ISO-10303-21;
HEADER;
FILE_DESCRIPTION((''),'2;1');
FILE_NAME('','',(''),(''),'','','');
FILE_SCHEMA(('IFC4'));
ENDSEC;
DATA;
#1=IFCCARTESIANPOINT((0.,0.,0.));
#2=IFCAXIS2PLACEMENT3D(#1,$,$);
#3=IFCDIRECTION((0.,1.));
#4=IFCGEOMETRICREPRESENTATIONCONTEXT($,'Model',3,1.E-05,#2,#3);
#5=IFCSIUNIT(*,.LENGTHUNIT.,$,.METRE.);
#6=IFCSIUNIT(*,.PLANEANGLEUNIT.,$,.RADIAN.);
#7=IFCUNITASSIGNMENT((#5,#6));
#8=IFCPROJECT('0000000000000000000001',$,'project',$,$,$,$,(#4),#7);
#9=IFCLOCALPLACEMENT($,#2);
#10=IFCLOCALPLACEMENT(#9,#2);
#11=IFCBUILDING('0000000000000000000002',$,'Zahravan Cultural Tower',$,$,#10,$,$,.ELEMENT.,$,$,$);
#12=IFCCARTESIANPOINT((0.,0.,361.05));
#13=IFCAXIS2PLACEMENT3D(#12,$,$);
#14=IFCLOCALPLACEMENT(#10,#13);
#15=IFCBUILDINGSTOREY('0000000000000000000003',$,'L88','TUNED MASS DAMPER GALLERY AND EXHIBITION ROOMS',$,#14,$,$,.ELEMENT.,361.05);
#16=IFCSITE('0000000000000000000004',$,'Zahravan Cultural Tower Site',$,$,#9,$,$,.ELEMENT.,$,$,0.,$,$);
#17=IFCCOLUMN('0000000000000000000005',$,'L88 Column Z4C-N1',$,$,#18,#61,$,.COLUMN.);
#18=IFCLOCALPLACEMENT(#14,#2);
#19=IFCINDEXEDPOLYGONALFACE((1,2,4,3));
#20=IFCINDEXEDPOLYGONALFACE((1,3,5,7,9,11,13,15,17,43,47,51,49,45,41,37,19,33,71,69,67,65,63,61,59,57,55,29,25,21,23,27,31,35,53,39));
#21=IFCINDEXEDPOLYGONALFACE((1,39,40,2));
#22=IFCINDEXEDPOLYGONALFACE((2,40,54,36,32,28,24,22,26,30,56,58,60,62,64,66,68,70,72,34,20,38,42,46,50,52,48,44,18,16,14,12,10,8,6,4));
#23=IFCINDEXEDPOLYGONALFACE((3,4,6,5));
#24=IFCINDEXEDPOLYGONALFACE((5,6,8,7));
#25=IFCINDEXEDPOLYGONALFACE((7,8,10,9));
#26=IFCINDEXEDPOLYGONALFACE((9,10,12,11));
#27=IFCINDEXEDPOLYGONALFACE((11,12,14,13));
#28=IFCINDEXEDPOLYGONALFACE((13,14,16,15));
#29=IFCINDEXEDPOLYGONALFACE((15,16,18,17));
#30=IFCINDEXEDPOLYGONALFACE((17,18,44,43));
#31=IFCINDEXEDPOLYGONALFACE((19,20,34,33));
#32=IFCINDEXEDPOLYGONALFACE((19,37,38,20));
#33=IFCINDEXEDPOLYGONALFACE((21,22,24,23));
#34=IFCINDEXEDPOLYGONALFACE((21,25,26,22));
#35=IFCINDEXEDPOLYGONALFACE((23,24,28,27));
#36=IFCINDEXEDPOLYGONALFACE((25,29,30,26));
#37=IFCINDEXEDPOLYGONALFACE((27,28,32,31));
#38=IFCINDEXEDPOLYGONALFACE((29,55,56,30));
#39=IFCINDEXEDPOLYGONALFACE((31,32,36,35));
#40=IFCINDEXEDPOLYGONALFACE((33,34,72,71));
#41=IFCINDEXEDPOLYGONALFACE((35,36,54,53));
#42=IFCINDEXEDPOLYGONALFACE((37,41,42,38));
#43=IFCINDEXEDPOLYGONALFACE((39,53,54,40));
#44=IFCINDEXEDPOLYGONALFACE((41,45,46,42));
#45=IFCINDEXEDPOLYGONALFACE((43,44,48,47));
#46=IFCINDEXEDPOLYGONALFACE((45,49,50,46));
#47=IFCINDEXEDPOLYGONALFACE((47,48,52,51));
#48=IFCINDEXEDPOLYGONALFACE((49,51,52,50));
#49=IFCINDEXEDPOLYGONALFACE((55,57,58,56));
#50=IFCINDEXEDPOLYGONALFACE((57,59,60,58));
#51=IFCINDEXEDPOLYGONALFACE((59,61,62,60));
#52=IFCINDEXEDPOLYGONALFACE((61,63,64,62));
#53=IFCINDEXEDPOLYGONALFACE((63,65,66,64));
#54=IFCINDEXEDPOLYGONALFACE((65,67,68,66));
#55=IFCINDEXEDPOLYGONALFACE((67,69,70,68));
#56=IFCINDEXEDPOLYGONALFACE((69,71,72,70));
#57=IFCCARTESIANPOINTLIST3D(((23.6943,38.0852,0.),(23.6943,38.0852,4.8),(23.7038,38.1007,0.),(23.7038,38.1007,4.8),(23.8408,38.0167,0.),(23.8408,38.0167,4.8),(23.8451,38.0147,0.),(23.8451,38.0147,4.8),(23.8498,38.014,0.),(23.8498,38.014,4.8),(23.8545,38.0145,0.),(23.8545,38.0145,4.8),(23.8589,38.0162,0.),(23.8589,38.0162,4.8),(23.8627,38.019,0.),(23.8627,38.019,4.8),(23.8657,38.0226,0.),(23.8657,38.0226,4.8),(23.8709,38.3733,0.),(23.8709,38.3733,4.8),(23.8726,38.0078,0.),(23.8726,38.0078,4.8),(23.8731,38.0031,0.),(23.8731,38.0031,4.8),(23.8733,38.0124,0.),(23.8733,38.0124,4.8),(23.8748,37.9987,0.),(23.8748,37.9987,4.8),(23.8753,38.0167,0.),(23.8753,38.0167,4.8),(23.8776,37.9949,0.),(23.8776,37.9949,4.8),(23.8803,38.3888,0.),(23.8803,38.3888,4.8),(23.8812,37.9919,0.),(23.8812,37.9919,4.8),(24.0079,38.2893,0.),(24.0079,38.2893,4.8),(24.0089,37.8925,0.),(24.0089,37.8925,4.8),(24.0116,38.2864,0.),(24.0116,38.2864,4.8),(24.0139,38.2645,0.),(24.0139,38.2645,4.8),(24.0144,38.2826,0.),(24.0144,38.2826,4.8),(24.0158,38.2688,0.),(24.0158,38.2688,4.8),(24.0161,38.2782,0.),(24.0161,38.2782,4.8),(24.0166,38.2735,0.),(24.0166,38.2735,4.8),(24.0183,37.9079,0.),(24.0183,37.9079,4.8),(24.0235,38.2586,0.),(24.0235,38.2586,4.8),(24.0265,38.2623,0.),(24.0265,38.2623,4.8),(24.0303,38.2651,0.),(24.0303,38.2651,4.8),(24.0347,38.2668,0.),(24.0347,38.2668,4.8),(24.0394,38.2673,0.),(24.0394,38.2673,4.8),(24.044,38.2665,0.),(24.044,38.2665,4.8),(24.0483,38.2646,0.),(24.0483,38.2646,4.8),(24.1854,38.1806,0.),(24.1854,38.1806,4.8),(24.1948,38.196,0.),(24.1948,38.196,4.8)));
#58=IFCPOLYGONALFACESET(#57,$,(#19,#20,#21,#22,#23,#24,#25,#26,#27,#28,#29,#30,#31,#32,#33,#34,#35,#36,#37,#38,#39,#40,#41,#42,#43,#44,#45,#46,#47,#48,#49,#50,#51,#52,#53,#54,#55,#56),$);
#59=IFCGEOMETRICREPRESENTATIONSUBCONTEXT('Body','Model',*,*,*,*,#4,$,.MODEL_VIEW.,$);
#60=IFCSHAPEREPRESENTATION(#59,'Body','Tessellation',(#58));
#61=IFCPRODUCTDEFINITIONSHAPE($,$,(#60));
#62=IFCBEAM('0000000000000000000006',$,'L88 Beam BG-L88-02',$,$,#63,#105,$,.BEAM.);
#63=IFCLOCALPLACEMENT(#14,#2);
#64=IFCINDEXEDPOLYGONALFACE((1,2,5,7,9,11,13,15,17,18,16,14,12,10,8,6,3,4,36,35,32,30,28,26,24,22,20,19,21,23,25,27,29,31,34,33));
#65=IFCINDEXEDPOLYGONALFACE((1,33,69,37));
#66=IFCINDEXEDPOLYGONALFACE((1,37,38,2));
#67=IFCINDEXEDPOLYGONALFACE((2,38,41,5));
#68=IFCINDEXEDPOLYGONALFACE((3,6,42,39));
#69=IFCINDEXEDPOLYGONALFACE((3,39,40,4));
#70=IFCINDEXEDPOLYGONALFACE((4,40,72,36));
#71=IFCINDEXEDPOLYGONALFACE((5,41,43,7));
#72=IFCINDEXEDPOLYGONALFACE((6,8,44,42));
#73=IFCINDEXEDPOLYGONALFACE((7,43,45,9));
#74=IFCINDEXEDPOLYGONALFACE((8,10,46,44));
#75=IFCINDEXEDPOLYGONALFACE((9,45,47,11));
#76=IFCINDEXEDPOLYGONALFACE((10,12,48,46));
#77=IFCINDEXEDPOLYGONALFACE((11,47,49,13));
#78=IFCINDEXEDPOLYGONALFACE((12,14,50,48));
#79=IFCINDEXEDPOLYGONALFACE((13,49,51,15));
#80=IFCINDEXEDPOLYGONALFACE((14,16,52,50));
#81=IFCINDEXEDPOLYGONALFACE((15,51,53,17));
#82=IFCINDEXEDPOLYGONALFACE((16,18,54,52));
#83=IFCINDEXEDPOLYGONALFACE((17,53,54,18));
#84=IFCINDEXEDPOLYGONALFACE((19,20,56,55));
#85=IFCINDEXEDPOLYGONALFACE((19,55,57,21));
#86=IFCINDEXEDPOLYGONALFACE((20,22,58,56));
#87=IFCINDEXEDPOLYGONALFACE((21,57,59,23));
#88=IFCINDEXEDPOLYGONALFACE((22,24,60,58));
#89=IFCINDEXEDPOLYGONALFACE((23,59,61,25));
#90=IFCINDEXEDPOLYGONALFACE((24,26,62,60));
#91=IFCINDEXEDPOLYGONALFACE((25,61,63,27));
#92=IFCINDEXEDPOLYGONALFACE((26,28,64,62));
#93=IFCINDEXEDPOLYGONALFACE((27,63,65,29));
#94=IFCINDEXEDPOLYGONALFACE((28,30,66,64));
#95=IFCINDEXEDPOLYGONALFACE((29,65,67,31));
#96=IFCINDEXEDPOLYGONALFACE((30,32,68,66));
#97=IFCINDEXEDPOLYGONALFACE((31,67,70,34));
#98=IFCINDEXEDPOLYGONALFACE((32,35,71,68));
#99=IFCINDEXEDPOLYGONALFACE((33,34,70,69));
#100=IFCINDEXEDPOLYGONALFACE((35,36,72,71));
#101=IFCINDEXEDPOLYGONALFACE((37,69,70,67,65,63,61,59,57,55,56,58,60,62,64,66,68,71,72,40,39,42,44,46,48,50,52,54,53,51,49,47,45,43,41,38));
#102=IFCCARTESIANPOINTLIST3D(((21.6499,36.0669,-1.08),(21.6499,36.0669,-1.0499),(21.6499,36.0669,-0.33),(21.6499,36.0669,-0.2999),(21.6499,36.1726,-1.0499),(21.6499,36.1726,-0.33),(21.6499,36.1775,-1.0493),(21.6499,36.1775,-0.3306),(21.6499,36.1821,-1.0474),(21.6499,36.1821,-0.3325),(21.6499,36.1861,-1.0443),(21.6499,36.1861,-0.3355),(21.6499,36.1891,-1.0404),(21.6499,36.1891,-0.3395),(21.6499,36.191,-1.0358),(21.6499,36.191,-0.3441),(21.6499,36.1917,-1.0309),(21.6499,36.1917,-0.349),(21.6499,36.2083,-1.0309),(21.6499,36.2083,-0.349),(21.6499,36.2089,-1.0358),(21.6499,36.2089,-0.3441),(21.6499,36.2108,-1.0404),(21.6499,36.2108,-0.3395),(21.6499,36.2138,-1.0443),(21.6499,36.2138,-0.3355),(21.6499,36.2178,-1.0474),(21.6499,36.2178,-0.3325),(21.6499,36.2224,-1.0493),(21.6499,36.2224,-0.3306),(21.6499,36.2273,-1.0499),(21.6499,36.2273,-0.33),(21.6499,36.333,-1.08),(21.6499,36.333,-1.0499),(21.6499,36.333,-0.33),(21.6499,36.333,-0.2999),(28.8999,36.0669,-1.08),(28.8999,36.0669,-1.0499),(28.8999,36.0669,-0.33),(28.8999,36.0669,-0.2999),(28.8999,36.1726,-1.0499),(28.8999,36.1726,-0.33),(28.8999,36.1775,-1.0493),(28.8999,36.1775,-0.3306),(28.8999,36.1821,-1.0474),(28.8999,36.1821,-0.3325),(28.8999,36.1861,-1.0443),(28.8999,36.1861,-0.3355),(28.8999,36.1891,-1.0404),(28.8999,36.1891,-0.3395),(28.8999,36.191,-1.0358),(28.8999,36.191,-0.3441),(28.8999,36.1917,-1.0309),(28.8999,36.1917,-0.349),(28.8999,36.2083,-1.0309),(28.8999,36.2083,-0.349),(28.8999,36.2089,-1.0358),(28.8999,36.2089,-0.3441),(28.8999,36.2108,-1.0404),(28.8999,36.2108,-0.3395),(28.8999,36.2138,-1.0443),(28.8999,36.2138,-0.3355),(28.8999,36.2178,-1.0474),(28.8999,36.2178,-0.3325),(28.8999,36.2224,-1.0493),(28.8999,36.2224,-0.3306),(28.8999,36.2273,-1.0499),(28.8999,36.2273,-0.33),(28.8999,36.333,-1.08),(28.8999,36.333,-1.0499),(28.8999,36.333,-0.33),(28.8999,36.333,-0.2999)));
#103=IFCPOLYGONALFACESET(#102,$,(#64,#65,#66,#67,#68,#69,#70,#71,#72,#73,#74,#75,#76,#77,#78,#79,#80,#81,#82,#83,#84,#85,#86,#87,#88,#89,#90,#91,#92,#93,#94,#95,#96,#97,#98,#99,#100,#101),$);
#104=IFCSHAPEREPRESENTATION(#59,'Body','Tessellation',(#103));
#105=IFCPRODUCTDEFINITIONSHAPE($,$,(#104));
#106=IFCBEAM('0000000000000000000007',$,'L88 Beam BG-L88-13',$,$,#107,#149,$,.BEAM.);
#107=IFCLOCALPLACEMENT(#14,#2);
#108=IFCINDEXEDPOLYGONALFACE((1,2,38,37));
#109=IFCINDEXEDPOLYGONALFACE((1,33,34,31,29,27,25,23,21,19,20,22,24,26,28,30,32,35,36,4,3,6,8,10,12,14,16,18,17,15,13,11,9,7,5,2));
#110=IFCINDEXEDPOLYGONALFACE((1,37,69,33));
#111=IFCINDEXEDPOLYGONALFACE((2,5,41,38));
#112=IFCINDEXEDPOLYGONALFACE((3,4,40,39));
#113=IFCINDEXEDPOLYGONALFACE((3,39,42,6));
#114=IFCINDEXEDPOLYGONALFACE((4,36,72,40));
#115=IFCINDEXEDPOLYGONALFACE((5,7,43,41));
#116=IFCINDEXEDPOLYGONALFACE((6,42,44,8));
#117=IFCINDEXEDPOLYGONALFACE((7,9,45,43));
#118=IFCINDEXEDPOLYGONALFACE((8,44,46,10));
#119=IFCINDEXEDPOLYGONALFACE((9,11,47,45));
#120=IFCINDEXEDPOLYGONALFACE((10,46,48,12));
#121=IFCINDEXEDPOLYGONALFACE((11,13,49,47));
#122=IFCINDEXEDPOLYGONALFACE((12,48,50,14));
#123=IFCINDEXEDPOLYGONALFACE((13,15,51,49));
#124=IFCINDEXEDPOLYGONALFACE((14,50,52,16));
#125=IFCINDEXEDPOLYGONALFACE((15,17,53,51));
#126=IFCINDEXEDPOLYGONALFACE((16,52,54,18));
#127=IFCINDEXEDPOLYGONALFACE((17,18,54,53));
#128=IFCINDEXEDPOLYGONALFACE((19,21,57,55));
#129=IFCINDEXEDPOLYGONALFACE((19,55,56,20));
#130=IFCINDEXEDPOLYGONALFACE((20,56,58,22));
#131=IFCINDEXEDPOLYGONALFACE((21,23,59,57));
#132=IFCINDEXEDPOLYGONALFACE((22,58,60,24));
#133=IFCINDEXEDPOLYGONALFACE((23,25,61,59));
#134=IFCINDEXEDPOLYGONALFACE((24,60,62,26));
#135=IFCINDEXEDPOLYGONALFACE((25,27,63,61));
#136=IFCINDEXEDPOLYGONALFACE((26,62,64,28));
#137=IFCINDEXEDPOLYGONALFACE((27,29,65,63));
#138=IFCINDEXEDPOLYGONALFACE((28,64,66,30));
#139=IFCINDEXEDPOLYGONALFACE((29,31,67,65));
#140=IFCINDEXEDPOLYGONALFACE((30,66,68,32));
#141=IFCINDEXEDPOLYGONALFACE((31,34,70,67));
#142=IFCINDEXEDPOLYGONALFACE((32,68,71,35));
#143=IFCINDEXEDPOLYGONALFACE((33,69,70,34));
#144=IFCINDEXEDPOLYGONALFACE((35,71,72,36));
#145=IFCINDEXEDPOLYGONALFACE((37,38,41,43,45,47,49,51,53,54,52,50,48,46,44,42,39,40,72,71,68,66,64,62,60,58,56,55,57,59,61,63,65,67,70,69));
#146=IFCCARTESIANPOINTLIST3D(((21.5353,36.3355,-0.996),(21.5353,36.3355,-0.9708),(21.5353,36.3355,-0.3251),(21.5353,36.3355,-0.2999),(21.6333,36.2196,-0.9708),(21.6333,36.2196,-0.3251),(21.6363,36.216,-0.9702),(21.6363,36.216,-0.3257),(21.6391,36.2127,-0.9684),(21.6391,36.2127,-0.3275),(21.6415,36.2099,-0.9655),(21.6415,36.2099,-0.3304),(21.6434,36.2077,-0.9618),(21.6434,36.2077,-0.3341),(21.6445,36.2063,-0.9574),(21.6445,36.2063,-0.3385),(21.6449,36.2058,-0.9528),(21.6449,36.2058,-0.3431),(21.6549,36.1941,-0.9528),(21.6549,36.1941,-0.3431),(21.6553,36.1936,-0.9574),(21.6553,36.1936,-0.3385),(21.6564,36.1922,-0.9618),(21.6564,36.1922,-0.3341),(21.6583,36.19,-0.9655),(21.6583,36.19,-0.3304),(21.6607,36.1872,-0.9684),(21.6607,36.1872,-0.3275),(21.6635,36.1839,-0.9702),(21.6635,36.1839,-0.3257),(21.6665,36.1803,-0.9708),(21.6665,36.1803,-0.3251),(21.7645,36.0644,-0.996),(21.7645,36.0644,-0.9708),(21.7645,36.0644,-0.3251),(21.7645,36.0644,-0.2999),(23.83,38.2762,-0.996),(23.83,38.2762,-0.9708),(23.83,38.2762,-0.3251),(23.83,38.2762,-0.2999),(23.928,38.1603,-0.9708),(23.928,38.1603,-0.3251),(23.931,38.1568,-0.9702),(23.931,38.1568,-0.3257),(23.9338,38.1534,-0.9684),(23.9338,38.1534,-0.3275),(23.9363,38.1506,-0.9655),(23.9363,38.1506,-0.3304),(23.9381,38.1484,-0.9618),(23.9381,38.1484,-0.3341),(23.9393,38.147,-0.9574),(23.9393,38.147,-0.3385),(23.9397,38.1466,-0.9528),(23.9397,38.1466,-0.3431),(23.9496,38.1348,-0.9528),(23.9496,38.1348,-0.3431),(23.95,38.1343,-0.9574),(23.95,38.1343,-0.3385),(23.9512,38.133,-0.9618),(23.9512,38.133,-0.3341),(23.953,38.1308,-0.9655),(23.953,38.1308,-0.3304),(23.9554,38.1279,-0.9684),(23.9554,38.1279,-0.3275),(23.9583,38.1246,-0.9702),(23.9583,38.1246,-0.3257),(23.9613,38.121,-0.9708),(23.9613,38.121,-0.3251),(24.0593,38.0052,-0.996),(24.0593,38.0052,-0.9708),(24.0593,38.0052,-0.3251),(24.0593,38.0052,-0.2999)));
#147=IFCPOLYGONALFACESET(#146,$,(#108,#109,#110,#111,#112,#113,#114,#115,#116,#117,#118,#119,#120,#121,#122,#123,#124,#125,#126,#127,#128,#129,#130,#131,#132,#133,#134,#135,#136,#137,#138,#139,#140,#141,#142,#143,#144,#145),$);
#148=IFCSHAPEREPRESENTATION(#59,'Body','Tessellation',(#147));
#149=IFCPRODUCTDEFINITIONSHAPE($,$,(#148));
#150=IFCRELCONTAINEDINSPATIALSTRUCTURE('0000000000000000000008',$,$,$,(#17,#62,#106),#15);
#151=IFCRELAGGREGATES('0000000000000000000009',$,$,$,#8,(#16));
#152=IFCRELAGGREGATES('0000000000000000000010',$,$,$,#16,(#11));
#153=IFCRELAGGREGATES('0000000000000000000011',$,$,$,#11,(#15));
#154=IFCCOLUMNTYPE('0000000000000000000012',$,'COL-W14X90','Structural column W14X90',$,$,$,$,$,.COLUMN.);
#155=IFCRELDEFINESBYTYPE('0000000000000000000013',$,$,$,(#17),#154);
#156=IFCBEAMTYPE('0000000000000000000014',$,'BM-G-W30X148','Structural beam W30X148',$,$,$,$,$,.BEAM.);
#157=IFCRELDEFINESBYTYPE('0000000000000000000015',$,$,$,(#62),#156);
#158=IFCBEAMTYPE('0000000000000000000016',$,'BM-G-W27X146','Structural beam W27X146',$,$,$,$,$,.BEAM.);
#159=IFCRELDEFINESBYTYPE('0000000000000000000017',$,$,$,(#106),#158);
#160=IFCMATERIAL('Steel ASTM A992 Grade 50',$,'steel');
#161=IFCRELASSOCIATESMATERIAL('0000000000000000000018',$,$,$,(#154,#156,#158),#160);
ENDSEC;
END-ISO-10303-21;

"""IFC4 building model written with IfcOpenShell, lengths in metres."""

from ifc_helpers import new_model, si_unit, direction, frame, origin, origin_2d, place, context, subcontext, project, spatial, i_section, extrude, source, transform, mapped, material, material_profile, profile_set, type_object, element, save


model = new_model("IFC4")

# Units and contexts
model_context = context("Model", 3, precision=1e-05, world=origin(), true_north=direction((0.0, 1.0)))
body_context = subcontext(model_context, "Body", "Model", "MODEL_VIEW")
ifc_project = project(units=[si_unit("LENGTHUNIT", "METRE"), si_unit("PLANEANGLEUNIT", "RADIAN")], contexts=[model_context])

# Site, building, storey
site_placement = place(None, origin())
site = spatial("IfcSite", under=ifc_project, at=site_placement, Name="Zahravan Cultural Tower Site", CompositionType="ELEMENT", RefElevation=0.0)
building_placement = place(site_placement, origin())
building = spatial("IfcBuilding", under=site, at=building_placement, Name="Zahravan Cultural Tower", CompositionType="ELEMENT")
storey_placement = place(building_placement, frame((0.0, 0.0, 361.05)))
storey = spatial("IfcBuildingStorey", under=building, at=storey_placement, Name="L88", Description="TUNED MASS DAMPER GALLERY AND EXHIBITION ROOMS", CompositionType="ELEMENT", Elevation=361.05)

# Column
ifc_material_1 = material(Name="Steel ASTM A992 Grade 50", Category="steel")
ifc_material_profile_1 = material_profile(ifc_material_1, i_section(OverallWidth=0.3689, OverallDepth=0.356, WebThickness=0.0112, FlangeThickness=0.0181, FilletRadius=0.0181, at=origin_2d()), Name="W14X90")
ifc_profile_set_1 = profile_set([ifc_material_profile_1], Name="Steel ASTM A992 Grade 50")
column_type = type_object("IfcColumnType", Name="COL-W14X90", Description="Structural column W14X90", PredefinedType="COLUMN", material=ifc_profile_set_1)
shared_shape_1 = source(origin(), body_context, "Body", "SweptSolid", [
    extrude(i_section(OverallWidth=0.3689, OverallDepth=0.356, WebThickness=0.0112, FlangeThickness=0.0181, FilletRadius=0.0181, at=origin_2d()), origin(), (0.0, 0.0, 1.0), 4.8),
])
column_placement = place(storey_placement, frame((23.9446, 38.1406, 0.0), z_axis=(0.0, 0.0, 1.0), x_axis=(-0.85264, 0.522499, 0.0)))
element("IfcColumn", 1, at=column_placement, inside=storey, type_object=column_type, Name="L88 Column Z4C-N1", PredefinedType="COLUMN", context=body_context, shape_type="MappedRepresentation", body=[
    mapped(shared_shape_1, transform((0.0, 0.0, 0.0), x_axis=(1.0, 0.0, 0.0), y_axis=(0.0, 1.0, 0.0), z_axis=(0.0, 0.0, 1.0), scale=1.0)),
])

# Beams
ifc_material_profile_2 = material_profile(ifc_material_1, i_section(OverallWidth=0.2661, OverallDepth=0.78, WebThickness=0.0166, FlangeThickness=0.03, FilletRadius=0.019, at=origin_2d()), Name="W30X148")
ifc_profile_set_2 = profile_set([ifc_material_profile_2], Name="Steel ASTM A992 Grade 50")
beam_type_1 = type_object("IfcBeamType", Name="BM-G-W30X148", Description="Structural beam W30X148", PredefinedType="BEAM", material=ifc_profile_set_2)
shared_shape_2 = source(origin(), body_context, "Body", "SweptSolid", [
    extrude(i_section(OverallWidth=0.2661, OverallDepth=0.78, WebThickness=0.0166, FlangeThickness=0.03, FilletRadius=0.019, at=origin_2d()), origin(), (0.0, 0.0, 1.0), 7.25),
])
beam_1_placement = place(storey_placement, frame((21.6499, 36.2, -0.6899), z_axis=(1.0, 0.0, 0.0), x_axis=(0.0, 1.0, 0.0)))
element("IfcBeam", 2, at=beam_1_placement, inside=storey, type_object=beam_type_1, Name="L88 Beam BG-L88-02", PredefinedType="BEAM", context=body_context, shape_type="MappedRepresentation", body=[
    mapped(shared_shape_2, transform((0.0, 0.0, 0.0), x_axis=(1.0, 0.0, 0.0), y_axis=(0.0, 1.0, 0.0), z_axis=(0.0, 0.0, 1.0), scale=1.0)),
])
ifc_material_profile_3 = material_profile(ifc_material_1, i_section(OverallWidth=0.355, OverallDepth=0.696, WebThickness=0.0154, FlangeThickness=0.0251, FilletRadius=0.0181, at=origin_2d()), Name="W27X146")
ifc_profile_set_3 = profile_set([ifc_material_profile_3], Name="Steel ASTM A992 Grade 50")
beam_type_2 = type_object("IfcBeamType", Name="BM-G-W27X146", Description="Structural beam W27X146", PredefinedType="BEAM", material=ifc_profile_set_3)
shared_shape_3 = source(origin(), body_context, "Body", "SweptSolid", [
    extrude(i_section(OverallWidth=0.355, OverallDepth=0.696, WebThickness=0.0154, FlangeThickness=0.0251, FilletRadius=0.0181, at=origin_2d()), origin(), (0.0, 0.0, 1.0), 3.0054),
])
beam_2_placement = place(storey_placement, frame((21.6499, 36.2, -0.6479), z_axis=(0.763546, 0.645753, 0.0), x_axis=(-0.645753, 0.763546, 0.0)))
element("IfcBeam", 3, at=beam_2_placement, inside=storey, type_object=beam_type_2, Name="L88 Beam BG-L88-13", PredefinedType="BEAM", context=body_context, shape_type="MappedRepresentation", body=[
    mapped(shared_shape_3, transform((0.0, 0.0, 0.0), x_axis=(1.0, 0.0, 0.0), y_axis=(0.0, 1.0, 0.0), z_axis=(0.0, 0.0, 1.0), scale=1.0)),
])

save(model, "model.ifc")
